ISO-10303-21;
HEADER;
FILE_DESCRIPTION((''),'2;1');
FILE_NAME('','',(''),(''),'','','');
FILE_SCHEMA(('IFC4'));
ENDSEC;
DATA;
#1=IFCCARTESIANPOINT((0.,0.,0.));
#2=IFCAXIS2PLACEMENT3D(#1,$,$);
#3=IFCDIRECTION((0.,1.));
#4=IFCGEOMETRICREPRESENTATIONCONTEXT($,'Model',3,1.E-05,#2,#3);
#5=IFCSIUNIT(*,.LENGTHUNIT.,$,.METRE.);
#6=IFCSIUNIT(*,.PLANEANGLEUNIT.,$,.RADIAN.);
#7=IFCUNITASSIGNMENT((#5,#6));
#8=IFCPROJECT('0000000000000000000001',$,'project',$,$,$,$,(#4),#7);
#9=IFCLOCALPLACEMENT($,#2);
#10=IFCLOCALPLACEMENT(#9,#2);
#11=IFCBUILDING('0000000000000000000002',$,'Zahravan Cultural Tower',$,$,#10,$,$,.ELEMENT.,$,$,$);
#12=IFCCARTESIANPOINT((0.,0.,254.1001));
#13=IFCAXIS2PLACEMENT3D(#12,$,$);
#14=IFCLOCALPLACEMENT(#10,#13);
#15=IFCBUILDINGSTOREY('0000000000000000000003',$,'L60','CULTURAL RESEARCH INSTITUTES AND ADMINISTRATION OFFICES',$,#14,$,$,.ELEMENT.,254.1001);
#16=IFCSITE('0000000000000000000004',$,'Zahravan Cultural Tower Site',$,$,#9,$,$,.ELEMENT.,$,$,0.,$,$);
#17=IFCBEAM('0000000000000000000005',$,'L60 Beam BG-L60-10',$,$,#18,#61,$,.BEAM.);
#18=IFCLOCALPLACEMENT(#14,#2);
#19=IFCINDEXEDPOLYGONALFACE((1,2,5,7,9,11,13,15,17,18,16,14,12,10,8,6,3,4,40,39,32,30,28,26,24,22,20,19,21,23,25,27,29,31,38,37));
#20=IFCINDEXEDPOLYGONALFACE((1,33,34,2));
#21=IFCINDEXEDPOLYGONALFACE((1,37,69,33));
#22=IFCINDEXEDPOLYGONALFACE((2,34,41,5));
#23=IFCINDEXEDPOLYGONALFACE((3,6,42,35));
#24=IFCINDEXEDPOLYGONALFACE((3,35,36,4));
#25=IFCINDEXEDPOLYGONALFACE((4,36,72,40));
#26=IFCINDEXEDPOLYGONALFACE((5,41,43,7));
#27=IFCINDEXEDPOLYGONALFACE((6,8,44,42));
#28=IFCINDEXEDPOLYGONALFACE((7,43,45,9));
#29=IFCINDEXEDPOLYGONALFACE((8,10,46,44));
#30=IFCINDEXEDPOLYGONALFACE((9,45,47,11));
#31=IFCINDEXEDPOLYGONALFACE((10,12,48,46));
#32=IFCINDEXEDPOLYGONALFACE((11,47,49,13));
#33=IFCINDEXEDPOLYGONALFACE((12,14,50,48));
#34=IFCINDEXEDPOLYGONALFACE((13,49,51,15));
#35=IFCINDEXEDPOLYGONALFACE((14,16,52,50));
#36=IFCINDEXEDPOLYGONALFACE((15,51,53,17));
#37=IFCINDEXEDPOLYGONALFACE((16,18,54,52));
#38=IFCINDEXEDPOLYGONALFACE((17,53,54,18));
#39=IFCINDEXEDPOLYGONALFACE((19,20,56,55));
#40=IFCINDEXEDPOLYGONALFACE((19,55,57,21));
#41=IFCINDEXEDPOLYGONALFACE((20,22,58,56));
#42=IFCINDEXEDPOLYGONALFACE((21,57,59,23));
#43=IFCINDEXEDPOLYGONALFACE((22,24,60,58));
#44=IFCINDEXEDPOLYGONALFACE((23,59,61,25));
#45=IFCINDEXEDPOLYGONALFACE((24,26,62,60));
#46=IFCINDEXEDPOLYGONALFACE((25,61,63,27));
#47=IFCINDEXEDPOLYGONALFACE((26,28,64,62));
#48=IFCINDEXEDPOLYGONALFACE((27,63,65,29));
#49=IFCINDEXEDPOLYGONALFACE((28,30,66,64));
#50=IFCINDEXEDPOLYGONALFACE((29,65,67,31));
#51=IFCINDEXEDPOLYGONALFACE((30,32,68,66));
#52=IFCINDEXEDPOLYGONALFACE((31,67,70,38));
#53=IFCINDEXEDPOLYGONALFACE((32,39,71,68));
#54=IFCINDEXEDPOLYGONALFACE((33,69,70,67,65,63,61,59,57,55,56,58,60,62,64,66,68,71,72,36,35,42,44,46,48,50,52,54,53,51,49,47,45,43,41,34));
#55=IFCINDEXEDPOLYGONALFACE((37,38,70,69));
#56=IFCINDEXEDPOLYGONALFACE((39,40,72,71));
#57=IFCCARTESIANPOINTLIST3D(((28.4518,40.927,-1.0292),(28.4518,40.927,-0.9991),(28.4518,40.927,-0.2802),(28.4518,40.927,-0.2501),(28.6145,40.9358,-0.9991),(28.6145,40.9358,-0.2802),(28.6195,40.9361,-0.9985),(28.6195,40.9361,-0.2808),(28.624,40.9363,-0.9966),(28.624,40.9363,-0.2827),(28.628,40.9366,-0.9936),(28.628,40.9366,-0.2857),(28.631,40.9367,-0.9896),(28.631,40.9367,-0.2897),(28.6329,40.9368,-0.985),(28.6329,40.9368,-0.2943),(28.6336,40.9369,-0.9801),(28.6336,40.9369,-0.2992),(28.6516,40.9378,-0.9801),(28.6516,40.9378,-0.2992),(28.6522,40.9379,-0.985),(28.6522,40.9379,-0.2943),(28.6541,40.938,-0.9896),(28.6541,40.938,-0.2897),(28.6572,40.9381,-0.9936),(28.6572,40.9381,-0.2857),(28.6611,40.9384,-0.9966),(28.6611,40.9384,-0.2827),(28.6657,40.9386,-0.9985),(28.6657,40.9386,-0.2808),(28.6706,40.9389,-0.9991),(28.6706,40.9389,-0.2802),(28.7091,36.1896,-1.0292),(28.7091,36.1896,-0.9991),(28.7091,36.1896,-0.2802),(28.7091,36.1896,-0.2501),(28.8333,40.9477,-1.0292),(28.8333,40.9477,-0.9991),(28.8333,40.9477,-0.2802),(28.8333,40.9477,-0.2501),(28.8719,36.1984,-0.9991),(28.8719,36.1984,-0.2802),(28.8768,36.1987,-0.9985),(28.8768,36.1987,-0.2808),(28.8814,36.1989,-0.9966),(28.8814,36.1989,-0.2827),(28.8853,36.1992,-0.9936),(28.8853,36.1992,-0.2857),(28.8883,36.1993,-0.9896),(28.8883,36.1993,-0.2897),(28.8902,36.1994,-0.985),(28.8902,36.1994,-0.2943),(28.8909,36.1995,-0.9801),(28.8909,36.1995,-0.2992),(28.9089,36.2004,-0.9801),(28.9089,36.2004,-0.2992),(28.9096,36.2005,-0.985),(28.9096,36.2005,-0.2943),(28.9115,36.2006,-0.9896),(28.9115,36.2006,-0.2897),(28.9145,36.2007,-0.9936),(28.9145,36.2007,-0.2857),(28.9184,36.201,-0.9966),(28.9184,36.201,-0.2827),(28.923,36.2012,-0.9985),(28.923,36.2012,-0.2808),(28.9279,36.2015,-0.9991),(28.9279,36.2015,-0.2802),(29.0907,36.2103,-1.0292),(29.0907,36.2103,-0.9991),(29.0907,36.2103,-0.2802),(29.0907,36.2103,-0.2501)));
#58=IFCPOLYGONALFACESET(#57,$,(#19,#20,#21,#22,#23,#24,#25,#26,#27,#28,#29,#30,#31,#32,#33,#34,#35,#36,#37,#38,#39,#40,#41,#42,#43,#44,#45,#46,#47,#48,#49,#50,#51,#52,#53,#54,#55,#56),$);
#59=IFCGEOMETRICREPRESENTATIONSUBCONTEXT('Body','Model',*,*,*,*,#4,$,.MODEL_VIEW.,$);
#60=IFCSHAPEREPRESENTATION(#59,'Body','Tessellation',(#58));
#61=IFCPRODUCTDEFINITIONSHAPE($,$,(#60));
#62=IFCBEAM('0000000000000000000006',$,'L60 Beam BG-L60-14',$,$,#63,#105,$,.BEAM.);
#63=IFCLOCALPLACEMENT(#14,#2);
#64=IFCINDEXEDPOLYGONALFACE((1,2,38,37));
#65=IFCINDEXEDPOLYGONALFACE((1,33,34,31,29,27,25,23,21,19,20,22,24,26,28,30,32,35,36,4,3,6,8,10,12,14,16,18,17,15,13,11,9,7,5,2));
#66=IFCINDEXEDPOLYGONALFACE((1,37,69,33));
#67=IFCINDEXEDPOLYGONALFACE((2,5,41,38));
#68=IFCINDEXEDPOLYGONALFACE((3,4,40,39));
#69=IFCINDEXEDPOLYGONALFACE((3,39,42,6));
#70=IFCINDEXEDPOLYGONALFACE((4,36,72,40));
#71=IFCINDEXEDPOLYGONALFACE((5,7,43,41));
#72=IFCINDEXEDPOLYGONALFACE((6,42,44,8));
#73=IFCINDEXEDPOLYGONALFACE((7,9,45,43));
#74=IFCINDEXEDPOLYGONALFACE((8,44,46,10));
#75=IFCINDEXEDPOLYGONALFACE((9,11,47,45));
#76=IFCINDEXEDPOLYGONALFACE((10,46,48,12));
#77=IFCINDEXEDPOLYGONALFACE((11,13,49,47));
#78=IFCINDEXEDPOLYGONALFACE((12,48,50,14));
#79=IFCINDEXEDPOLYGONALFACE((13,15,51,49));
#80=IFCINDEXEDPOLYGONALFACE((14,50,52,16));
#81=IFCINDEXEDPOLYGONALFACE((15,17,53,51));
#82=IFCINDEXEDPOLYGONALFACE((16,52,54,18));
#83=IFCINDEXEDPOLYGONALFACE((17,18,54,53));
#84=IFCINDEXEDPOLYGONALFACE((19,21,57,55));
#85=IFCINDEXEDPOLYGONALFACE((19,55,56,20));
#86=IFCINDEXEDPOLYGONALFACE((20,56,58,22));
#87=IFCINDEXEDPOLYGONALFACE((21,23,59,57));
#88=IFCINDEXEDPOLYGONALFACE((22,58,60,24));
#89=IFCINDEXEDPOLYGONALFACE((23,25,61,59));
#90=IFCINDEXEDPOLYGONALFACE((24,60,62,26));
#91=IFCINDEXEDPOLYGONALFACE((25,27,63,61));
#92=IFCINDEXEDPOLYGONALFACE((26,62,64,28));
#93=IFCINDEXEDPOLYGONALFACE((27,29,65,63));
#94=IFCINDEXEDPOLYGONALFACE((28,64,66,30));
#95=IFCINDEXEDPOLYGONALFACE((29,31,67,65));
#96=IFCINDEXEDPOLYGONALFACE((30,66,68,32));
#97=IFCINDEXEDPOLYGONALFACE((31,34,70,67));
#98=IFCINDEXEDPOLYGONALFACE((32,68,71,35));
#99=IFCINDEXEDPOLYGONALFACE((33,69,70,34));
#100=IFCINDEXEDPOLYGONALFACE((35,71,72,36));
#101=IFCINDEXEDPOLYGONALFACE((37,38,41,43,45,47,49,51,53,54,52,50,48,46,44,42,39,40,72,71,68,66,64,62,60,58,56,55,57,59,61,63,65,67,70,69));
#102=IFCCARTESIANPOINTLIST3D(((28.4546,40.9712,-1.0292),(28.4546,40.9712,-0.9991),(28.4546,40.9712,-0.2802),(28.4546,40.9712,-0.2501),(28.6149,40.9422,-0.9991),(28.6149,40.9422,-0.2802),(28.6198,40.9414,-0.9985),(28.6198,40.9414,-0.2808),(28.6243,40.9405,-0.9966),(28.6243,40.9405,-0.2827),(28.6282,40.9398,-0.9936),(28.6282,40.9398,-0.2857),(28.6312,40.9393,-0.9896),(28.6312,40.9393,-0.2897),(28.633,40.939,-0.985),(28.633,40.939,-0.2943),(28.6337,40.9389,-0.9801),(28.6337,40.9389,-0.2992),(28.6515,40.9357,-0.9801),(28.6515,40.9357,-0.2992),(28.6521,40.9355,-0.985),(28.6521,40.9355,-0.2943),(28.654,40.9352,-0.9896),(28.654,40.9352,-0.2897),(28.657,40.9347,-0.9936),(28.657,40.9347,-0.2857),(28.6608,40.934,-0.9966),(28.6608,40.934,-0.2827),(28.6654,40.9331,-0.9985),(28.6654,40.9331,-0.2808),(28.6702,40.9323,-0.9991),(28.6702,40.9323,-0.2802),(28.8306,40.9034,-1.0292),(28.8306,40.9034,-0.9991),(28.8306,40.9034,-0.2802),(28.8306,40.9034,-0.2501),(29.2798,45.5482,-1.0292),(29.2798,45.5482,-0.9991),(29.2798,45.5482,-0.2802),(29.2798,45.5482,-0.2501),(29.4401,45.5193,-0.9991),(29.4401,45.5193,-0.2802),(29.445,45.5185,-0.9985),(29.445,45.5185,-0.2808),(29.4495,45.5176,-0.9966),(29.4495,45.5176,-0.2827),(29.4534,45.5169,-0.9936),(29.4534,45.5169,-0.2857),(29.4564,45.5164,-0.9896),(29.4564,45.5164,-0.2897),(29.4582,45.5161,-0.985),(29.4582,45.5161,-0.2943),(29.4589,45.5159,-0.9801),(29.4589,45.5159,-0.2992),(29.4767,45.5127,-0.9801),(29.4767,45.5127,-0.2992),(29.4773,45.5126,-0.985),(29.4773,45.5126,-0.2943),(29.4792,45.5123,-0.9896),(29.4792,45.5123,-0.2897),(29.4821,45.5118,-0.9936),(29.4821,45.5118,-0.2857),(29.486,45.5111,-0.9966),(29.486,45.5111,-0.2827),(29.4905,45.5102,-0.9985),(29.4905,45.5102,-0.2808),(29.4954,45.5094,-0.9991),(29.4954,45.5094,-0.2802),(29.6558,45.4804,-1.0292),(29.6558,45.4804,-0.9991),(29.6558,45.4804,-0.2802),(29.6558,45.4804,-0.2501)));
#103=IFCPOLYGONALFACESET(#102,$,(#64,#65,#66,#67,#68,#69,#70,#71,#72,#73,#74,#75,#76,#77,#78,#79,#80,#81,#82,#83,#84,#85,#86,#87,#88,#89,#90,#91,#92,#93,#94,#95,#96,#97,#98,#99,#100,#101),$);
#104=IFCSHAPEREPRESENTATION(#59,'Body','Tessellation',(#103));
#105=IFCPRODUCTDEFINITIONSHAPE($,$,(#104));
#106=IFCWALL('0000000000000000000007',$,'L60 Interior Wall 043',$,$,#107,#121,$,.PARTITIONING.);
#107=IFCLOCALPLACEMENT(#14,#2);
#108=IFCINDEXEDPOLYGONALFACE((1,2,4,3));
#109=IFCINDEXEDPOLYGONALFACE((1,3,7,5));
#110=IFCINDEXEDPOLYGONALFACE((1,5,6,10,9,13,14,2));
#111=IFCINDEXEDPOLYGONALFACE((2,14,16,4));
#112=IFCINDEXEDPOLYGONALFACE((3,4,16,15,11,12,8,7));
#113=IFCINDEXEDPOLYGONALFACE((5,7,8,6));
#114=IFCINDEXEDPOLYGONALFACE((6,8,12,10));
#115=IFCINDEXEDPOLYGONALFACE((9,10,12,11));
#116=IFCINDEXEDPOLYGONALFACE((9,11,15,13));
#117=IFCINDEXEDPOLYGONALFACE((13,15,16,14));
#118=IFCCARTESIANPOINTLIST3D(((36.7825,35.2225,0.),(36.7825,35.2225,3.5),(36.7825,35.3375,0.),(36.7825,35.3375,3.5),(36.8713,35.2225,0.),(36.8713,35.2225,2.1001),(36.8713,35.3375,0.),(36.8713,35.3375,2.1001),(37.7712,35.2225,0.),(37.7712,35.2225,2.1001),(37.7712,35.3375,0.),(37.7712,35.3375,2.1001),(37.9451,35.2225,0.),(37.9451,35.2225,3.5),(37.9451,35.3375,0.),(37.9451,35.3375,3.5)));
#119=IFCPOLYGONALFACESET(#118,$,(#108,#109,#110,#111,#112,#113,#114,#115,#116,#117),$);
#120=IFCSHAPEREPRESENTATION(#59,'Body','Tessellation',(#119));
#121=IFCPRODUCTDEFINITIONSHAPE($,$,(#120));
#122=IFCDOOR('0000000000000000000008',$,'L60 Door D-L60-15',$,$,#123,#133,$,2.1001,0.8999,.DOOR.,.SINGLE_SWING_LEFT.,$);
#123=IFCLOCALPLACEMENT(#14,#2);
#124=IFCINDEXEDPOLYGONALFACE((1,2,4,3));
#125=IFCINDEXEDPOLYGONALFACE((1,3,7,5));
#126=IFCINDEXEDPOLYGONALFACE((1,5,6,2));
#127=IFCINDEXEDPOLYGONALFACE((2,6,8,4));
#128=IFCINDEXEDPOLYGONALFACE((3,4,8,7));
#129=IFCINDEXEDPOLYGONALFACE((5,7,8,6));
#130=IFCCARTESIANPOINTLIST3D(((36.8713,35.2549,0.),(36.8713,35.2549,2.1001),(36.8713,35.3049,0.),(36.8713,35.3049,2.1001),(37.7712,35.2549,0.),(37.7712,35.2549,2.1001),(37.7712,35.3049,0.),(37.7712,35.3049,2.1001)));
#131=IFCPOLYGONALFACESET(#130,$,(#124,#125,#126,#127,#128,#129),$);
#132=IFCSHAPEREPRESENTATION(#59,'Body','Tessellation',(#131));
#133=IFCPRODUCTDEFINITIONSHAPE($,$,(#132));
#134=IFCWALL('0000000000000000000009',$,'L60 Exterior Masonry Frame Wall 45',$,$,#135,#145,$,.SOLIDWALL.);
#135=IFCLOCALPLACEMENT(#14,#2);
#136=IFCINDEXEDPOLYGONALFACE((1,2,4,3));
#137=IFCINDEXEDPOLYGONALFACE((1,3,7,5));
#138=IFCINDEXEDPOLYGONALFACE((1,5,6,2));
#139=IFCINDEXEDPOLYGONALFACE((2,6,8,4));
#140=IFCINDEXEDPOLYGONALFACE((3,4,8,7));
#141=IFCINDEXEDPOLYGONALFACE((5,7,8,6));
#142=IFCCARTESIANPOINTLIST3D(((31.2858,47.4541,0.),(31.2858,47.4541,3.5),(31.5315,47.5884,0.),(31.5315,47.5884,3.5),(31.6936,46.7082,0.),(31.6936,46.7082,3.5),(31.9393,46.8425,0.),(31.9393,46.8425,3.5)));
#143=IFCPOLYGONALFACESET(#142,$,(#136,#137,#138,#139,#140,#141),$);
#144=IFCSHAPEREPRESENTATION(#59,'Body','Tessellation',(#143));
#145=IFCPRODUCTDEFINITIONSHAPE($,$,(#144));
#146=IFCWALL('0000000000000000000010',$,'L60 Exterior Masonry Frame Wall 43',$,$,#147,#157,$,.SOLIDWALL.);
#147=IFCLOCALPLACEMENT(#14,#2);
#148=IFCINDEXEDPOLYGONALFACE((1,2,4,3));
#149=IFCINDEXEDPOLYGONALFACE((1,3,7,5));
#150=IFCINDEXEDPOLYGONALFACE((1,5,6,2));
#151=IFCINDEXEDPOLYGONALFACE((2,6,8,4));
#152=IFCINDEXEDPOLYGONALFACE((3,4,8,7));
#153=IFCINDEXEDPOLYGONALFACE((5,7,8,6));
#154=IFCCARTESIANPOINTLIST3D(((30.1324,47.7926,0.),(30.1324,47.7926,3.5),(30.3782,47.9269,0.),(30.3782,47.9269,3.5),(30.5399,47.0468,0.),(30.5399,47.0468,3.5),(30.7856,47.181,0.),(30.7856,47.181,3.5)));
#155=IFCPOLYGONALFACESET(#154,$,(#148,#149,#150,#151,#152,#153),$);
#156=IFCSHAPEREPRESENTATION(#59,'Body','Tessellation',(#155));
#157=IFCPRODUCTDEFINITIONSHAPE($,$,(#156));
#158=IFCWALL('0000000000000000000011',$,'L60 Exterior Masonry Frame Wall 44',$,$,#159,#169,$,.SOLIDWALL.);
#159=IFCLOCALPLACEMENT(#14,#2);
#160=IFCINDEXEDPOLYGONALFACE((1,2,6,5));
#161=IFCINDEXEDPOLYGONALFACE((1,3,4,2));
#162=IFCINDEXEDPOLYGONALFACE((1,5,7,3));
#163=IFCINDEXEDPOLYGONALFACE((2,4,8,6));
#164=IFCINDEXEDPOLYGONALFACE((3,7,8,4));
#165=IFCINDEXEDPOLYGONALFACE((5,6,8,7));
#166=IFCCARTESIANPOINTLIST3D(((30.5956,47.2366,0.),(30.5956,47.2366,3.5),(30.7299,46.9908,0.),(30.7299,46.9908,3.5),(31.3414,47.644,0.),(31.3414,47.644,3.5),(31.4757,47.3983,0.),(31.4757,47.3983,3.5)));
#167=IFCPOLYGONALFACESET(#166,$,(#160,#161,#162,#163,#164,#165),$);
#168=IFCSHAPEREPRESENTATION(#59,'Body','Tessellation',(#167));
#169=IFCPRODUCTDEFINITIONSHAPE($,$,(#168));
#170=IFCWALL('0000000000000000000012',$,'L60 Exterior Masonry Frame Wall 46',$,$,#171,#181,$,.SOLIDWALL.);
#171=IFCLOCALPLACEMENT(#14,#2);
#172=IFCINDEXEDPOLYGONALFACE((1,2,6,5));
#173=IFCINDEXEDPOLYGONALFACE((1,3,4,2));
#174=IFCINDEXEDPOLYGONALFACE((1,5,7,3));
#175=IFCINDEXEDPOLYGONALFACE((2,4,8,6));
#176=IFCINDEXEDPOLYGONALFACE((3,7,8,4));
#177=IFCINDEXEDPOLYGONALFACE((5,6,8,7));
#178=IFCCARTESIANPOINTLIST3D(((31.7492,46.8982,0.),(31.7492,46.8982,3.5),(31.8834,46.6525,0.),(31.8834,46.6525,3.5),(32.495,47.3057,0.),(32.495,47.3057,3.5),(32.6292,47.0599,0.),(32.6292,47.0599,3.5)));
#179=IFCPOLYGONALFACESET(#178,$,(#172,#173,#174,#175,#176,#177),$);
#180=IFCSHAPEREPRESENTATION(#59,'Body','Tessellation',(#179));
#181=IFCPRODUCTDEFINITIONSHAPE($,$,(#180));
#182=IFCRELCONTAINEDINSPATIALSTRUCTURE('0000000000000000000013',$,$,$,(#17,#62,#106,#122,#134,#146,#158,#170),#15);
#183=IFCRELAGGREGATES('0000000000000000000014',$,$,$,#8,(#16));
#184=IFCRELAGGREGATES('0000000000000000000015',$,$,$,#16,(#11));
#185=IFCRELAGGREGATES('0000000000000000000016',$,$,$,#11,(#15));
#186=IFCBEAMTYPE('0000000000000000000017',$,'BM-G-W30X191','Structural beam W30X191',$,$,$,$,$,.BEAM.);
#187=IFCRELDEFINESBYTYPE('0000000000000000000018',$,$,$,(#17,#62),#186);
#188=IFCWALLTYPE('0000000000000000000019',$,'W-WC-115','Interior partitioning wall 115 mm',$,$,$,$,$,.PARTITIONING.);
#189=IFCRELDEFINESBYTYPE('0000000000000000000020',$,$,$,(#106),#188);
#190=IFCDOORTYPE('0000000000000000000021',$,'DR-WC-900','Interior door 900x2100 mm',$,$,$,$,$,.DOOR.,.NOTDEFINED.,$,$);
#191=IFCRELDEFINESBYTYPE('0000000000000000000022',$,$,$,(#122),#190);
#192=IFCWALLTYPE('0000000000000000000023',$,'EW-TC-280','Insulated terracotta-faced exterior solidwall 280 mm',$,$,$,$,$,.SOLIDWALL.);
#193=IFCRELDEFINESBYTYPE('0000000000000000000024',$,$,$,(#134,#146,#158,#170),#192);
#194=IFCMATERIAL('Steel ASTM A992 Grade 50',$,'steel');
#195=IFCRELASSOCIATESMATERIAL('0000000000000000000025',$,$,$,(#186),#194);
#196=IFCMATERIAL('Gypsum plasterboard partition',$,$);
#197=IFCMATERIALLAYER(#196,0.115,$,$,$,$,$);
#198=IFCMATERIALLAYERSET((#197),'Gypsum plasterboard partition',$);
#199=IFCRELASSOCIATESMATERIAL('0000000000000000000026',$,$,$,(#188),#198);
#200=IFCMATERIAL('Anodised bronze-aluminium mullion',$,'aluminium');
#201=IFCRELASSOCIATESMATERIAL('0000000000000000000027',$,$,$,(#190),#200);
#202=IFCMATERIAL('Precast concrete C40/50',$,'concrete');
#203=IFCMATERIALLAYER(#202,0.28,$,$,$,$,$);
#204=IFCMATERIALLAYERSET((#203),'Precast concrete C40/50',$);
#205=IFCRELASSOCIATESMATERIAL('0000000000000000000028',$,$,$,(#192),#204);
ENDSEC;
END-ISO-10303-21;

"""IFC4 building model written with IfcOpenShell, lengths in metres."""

from ifc_helpers import new_model, si_unit, direction, frame, frame_2d, origin, origin_2d, place, context, subcontext, project, spatial, rectangle, i_section, extrude, source, transform, mapped, material, layer, layer_set, material_profile, profile_set, type_object, element, fill, save


model = new_model("IFC4")

# Units and contexts
model_context = context("Model", 3, precision=1e-05, world=origin(), true_north=direction((0.0, 1.0)))
body_context = subcontext(model_context, "Body", "Model", "MODEL_VIEW")
ifc_project = project(units=[si_unit("LENGTHUNIT", "METRE"), si_unit("PLANEANGLEUNIT", "RADIAN")], contexts=[model_context])

# Site, building, storey
site_placement = place(None, origin())
site = spatial("IfcSite", under=ifc_project, at=site_placement, Name="Zahravan Cultural Tower Site", CompositionType="ELEMENT", RefElevation=0.0)
building_placement = place(site_placement, origin())
building = spatial("IfcBuilding", under=site, at=building_placement, Name="Zahravan Cultural Tower", CompositionType="ELEMENT")
storey_placement = place(building_placement, frame((0.0, 0.0, 254.1001)))
storey = spatial("IfcBuildingStorey", under=building, at=storey_placement, Name="L60", Description="CULTURAL RESEARCH INSTITUTES AND ADMINISTRATION OFFICES", CompositionType="ELEMENT", Elevation=254.1001)

# Shared definitions
ifc_material_1 = material(Name="Steel ASTM A992 Grade 50", Category="steel")

# Beams
ifc_material_profile_1 = material_profile(ifc_material_1, i_section(OverallWidth=0.3821, OverallDepth=0.7791, WebThickness=0.0181, FlangeThickness=0.03, FilletRadius=0.019, at=origin_2d()), Name="W30X191")
ifc_profile_set_1 = profile_set([ifc_material_profile_1], Name="Steel ASTM A992 Grade 50")
beam_type_1 = type_object("IfcBeamType", Name="BM-G-W30X191", Description="Structural beam W30X191", PredefinedType="BEAM", material=ifc_profile_set_1)
shared_shape_1 = source(origin(), body_context, "Body", "SweptSolid", [
    extrude(i_section(OverallWidth=0.3821, OverallDepth=0.7791, WebThickness=0.0181, FlangeThickness=0.03, FilletRadius=0.019, at=origin_2d()), origin(), (0.0, 0.0, 1.0), 4.7444),
])
beam_1_placement = place(storey_placement, frame((28.8999, 36.2, -0.6396), z_axis=(-0.054239, 0.998528, 0.0), x_axis=(-0.998528, -0.054239, 0.0)))
element("IfcBeam", 1, at=beam_1_placement, inside=storey, type_object=beam_type_1, Name="L60 Beam BG-L60-10", PredefinedType="BEAM", context=body_context, shape_type="MappedRepresentation", body=[
    mapped(shared_shape_1, transform((0.0, 0.0, 0.0), x_axis=(1.0, 0.0, 0.0), y_axis=(0.0, 1.0, 0.0), z_axis=(0.0, 0.0, 1.0), scale=1.0)),
])
shared_shape_2 = source(origin(), body_context, "Body", "SweptSolid", [
    extrude(i_section(OverallWidth=0.3821, OverallDepth=0.7791, WebThickness=0.0181, FlangeThickness=0.03, FilletRadius=0.019, at=origin_2d()), origin(), (0.0, 0.0, 1.0), 4.6509),
])
beam_2_placement = place(storey_placement, frame((28.6426, 40.9373, -0.6396), z_axis=(0.177426, 0.984134, 0.0), x_axis=(-0.984134, 0.177426, 0.0)))
element("IfcBeam", 2, at=beam_2_placement, inside=storey, type_object=beam_type_1, Name="L60 Beam BG-L60-14", PredefinedType="BEAM", context=body_context, shape_type="MappedRepresentation", body=[
    mapped(shared_shape_2, transform((0.0, 0.0, 0.0), x_axis=(1.0, 0.0, 0.0), y_axis=(0.0, 1.0, 0.0), z_axis=(0.0, 0.0, 1.0), scale=1.0)),
])

# Wall, opening, door
ifc_material_2 = material(Name="Gypsum plasterboard partition")
ifc_layer_1 = layer(ifc_material_2, 0.115)
ifc_layer_set_1 = layer_set([ifc_layer_1], Name="Gypsum plasterboard partition")
wall_type_1 = type_object("IfcWallType", Name="W-WC-115", Description="Interior partitioning wall 115 mm", PredefinedType="PARTITIONING", material=ifc_layer_set_1)
wall_1_placement = place(storey_placement, frame((36.7825, 35.28, 0.0), z_axis=(0.0, 0.0, 1.0), x_axis=(1.0, 0.0, 0.0)))
wall_1 = element("IfcWall", 3, at=wall_1_placement, inside=storey, type_object=wall_type_1, Name="L60 Interior Wall 043", PredefinedType="PARTITIONING", context=body_context, shape_type="SweptSolid", body=[
    extrude(rectangle(XDim=1.1626, YDim=0.115, at=frame_2d((0.5813, 0.0))), origin(), (0.0, 0.0, 1.0), 3.5),
])
opening_placement = place(wall_1_placement, frame((0.0889, 0.0, 0.0)))
opening = element("IfcOpeningElement", 4, at=opening_placement, cuts=wall_1, PredefinedType="OPENING", context=body_context, shape_type="SweptSolid", body=[
    extrude(rectangle(XDim=0.8999, YDim=2.1001, at=frame_2d((0.45, 1.05))), frame((0.0, 0.0674, 0.0), z_axis=(0.0, -1.0, 0.0), x_axis=(1.0, 0.0, 0.0)), (0.0, 0.0, 1.0), 0.135),
])
ifc_material_3 = material(Name="Anodised bronze-aluminium mullion", Category="aluminium")
door_type = type_object("IfcDoorType", Name="DR-WC-900", Description="Interior door 900x2100 mm", OperationType="NOTDEFINED", PredefinedType="DOOR", material=ifc_material_3)
shared_shape_3 = source(origin(), body_context, "Body", "SweptSolid", [
    extrude(rectangle(XDim=0.8999, YDim=2.1001, at=frame_2d((0.45, 1.05))), frame((0.0, 0.0249, 0.0), z_axis=(0.0, -1.0, 0.0), x_axis=(1.0, 0.0, 0.0)), (0.0, 0.0, 1.0), 0.05),
])
door_placement = place(opening_placement, origin())
door = element("IfcDoor", 5, at=door_placement, inside=storey, type_object=door_type, Name="L60 Door D-L60-15", OperationType="SINGLE_SWING_LEFT", OverallHeight=2.1001, OverallWidth=0.8999, PredefinedType="DOOR", context=body_context, shape_type="MappedRepresentation", body=[
    mapped(shared_shape_3, transform((0.0, 0.0, 0.0), x_axis=(1.0, 0.0, 0.0), y_axis=(0.0, 1.0, 0.0), z_axis=(0.0, 0.0, 1.0), scale=1.0)),
])
fill(opening, door)

# Walls
ifc_material_4 = material(Name="Precast concrete C40/50", Category="concrete")
ifc_layer_2 = layer(ifc_material_4, 0.28)
ifc_layer_set_2 = layer_set([ifc_layer_2], Name="Precast concrete C40/50")
wall_type_2 = type_object("IfcWallType", Name="EW-TC-280", Description="Insulated terracotta-faced exterior solidwall 280 mm", PredefinedType="SOLIDWALL", material=ifc_layer_set_2)
shared_shape_4 = source(origin(), body_context, "Body", "SweptSolid", [
    extrude(rectangle(XDim=0.8501, YDim=0.28, at=frame_2d((0.425, 0.0))), origin(), (0.0, 0.0, 1.0), 3.5),
])
wall_2_placement = place(storey_placement, frame((31.4087, 47.5212, 0.0), z_axis=(0.0, 0.0, 1.0), x_axis=(0.479657, -0.877456, 0.0)))
element("IfcWall", 6, at=wall_2_placement, inside=storey, type_object=wall_type_2, Name="L60 Exterior Masonry Frame Wall 45", PredefinedType="SOLIDWALL", context=body_context, shape_type="MappedRepresentation", body=[
    mapped(shared_shape_4, transform((0.0, 0.0, 0.0), x_axis=(1.0, 0.0, 0.0), y_axis=(0.0, 1.0, 0.0), z_axis=(0.0, 0.0, 1.0), scale=1.0)),
])
shared_shape_5 = source(origin(), body_context, "Body", "SweptSolid", [
    extrude(rectangle(XDim=0.8499, YDim=0.28, at=frame_2d((0.4248, 0.0))), origin(), (0.0, 0.0, 1.0), 3.5),
])
for number, where, z_axis, x_axis, name in (
    (7, (30.2554, 47.8596, 0.0), (0.0, 0.0, 1.0), (0.479436, -0.877577, 0.0), "L60 Exterior Masonry Frame Wall 43"),
    (8, (30.6628, 47.1138, 0.0), (0.0, 0.0, 1.0), (0.877577, 0.479436, 0.0), "L60 Exterior Masonry Frame Wall 44"),
    (9, (31.8164, 46.7754, 0.0), (0.0, 0.0, 1.0), (0.877577, 0.479436, 0.0), "L60 Exterior Masonry Frame Wall 46"),
):
    element("IfcWall", number, at=place(storey_placement, frame(where, z_axis=z_axis, x_axis=x_axis)), inside=storey, type_object=wall_type_2, Name=name, PredefinedType="SOLIDWALL", context=body_context, shape_type="MappedRepresentation", body=[
        mapped(shared_shape_5, transform((0.0, 0.0, 0.0), x_axis=(1.0, 0.0, 0.0), y_axis=(0.0, 1.0, 0.0), z_axis=(0.0, 0.0, 1.0), scale=1.0)),
    ])

save(model, "model.ifc")
